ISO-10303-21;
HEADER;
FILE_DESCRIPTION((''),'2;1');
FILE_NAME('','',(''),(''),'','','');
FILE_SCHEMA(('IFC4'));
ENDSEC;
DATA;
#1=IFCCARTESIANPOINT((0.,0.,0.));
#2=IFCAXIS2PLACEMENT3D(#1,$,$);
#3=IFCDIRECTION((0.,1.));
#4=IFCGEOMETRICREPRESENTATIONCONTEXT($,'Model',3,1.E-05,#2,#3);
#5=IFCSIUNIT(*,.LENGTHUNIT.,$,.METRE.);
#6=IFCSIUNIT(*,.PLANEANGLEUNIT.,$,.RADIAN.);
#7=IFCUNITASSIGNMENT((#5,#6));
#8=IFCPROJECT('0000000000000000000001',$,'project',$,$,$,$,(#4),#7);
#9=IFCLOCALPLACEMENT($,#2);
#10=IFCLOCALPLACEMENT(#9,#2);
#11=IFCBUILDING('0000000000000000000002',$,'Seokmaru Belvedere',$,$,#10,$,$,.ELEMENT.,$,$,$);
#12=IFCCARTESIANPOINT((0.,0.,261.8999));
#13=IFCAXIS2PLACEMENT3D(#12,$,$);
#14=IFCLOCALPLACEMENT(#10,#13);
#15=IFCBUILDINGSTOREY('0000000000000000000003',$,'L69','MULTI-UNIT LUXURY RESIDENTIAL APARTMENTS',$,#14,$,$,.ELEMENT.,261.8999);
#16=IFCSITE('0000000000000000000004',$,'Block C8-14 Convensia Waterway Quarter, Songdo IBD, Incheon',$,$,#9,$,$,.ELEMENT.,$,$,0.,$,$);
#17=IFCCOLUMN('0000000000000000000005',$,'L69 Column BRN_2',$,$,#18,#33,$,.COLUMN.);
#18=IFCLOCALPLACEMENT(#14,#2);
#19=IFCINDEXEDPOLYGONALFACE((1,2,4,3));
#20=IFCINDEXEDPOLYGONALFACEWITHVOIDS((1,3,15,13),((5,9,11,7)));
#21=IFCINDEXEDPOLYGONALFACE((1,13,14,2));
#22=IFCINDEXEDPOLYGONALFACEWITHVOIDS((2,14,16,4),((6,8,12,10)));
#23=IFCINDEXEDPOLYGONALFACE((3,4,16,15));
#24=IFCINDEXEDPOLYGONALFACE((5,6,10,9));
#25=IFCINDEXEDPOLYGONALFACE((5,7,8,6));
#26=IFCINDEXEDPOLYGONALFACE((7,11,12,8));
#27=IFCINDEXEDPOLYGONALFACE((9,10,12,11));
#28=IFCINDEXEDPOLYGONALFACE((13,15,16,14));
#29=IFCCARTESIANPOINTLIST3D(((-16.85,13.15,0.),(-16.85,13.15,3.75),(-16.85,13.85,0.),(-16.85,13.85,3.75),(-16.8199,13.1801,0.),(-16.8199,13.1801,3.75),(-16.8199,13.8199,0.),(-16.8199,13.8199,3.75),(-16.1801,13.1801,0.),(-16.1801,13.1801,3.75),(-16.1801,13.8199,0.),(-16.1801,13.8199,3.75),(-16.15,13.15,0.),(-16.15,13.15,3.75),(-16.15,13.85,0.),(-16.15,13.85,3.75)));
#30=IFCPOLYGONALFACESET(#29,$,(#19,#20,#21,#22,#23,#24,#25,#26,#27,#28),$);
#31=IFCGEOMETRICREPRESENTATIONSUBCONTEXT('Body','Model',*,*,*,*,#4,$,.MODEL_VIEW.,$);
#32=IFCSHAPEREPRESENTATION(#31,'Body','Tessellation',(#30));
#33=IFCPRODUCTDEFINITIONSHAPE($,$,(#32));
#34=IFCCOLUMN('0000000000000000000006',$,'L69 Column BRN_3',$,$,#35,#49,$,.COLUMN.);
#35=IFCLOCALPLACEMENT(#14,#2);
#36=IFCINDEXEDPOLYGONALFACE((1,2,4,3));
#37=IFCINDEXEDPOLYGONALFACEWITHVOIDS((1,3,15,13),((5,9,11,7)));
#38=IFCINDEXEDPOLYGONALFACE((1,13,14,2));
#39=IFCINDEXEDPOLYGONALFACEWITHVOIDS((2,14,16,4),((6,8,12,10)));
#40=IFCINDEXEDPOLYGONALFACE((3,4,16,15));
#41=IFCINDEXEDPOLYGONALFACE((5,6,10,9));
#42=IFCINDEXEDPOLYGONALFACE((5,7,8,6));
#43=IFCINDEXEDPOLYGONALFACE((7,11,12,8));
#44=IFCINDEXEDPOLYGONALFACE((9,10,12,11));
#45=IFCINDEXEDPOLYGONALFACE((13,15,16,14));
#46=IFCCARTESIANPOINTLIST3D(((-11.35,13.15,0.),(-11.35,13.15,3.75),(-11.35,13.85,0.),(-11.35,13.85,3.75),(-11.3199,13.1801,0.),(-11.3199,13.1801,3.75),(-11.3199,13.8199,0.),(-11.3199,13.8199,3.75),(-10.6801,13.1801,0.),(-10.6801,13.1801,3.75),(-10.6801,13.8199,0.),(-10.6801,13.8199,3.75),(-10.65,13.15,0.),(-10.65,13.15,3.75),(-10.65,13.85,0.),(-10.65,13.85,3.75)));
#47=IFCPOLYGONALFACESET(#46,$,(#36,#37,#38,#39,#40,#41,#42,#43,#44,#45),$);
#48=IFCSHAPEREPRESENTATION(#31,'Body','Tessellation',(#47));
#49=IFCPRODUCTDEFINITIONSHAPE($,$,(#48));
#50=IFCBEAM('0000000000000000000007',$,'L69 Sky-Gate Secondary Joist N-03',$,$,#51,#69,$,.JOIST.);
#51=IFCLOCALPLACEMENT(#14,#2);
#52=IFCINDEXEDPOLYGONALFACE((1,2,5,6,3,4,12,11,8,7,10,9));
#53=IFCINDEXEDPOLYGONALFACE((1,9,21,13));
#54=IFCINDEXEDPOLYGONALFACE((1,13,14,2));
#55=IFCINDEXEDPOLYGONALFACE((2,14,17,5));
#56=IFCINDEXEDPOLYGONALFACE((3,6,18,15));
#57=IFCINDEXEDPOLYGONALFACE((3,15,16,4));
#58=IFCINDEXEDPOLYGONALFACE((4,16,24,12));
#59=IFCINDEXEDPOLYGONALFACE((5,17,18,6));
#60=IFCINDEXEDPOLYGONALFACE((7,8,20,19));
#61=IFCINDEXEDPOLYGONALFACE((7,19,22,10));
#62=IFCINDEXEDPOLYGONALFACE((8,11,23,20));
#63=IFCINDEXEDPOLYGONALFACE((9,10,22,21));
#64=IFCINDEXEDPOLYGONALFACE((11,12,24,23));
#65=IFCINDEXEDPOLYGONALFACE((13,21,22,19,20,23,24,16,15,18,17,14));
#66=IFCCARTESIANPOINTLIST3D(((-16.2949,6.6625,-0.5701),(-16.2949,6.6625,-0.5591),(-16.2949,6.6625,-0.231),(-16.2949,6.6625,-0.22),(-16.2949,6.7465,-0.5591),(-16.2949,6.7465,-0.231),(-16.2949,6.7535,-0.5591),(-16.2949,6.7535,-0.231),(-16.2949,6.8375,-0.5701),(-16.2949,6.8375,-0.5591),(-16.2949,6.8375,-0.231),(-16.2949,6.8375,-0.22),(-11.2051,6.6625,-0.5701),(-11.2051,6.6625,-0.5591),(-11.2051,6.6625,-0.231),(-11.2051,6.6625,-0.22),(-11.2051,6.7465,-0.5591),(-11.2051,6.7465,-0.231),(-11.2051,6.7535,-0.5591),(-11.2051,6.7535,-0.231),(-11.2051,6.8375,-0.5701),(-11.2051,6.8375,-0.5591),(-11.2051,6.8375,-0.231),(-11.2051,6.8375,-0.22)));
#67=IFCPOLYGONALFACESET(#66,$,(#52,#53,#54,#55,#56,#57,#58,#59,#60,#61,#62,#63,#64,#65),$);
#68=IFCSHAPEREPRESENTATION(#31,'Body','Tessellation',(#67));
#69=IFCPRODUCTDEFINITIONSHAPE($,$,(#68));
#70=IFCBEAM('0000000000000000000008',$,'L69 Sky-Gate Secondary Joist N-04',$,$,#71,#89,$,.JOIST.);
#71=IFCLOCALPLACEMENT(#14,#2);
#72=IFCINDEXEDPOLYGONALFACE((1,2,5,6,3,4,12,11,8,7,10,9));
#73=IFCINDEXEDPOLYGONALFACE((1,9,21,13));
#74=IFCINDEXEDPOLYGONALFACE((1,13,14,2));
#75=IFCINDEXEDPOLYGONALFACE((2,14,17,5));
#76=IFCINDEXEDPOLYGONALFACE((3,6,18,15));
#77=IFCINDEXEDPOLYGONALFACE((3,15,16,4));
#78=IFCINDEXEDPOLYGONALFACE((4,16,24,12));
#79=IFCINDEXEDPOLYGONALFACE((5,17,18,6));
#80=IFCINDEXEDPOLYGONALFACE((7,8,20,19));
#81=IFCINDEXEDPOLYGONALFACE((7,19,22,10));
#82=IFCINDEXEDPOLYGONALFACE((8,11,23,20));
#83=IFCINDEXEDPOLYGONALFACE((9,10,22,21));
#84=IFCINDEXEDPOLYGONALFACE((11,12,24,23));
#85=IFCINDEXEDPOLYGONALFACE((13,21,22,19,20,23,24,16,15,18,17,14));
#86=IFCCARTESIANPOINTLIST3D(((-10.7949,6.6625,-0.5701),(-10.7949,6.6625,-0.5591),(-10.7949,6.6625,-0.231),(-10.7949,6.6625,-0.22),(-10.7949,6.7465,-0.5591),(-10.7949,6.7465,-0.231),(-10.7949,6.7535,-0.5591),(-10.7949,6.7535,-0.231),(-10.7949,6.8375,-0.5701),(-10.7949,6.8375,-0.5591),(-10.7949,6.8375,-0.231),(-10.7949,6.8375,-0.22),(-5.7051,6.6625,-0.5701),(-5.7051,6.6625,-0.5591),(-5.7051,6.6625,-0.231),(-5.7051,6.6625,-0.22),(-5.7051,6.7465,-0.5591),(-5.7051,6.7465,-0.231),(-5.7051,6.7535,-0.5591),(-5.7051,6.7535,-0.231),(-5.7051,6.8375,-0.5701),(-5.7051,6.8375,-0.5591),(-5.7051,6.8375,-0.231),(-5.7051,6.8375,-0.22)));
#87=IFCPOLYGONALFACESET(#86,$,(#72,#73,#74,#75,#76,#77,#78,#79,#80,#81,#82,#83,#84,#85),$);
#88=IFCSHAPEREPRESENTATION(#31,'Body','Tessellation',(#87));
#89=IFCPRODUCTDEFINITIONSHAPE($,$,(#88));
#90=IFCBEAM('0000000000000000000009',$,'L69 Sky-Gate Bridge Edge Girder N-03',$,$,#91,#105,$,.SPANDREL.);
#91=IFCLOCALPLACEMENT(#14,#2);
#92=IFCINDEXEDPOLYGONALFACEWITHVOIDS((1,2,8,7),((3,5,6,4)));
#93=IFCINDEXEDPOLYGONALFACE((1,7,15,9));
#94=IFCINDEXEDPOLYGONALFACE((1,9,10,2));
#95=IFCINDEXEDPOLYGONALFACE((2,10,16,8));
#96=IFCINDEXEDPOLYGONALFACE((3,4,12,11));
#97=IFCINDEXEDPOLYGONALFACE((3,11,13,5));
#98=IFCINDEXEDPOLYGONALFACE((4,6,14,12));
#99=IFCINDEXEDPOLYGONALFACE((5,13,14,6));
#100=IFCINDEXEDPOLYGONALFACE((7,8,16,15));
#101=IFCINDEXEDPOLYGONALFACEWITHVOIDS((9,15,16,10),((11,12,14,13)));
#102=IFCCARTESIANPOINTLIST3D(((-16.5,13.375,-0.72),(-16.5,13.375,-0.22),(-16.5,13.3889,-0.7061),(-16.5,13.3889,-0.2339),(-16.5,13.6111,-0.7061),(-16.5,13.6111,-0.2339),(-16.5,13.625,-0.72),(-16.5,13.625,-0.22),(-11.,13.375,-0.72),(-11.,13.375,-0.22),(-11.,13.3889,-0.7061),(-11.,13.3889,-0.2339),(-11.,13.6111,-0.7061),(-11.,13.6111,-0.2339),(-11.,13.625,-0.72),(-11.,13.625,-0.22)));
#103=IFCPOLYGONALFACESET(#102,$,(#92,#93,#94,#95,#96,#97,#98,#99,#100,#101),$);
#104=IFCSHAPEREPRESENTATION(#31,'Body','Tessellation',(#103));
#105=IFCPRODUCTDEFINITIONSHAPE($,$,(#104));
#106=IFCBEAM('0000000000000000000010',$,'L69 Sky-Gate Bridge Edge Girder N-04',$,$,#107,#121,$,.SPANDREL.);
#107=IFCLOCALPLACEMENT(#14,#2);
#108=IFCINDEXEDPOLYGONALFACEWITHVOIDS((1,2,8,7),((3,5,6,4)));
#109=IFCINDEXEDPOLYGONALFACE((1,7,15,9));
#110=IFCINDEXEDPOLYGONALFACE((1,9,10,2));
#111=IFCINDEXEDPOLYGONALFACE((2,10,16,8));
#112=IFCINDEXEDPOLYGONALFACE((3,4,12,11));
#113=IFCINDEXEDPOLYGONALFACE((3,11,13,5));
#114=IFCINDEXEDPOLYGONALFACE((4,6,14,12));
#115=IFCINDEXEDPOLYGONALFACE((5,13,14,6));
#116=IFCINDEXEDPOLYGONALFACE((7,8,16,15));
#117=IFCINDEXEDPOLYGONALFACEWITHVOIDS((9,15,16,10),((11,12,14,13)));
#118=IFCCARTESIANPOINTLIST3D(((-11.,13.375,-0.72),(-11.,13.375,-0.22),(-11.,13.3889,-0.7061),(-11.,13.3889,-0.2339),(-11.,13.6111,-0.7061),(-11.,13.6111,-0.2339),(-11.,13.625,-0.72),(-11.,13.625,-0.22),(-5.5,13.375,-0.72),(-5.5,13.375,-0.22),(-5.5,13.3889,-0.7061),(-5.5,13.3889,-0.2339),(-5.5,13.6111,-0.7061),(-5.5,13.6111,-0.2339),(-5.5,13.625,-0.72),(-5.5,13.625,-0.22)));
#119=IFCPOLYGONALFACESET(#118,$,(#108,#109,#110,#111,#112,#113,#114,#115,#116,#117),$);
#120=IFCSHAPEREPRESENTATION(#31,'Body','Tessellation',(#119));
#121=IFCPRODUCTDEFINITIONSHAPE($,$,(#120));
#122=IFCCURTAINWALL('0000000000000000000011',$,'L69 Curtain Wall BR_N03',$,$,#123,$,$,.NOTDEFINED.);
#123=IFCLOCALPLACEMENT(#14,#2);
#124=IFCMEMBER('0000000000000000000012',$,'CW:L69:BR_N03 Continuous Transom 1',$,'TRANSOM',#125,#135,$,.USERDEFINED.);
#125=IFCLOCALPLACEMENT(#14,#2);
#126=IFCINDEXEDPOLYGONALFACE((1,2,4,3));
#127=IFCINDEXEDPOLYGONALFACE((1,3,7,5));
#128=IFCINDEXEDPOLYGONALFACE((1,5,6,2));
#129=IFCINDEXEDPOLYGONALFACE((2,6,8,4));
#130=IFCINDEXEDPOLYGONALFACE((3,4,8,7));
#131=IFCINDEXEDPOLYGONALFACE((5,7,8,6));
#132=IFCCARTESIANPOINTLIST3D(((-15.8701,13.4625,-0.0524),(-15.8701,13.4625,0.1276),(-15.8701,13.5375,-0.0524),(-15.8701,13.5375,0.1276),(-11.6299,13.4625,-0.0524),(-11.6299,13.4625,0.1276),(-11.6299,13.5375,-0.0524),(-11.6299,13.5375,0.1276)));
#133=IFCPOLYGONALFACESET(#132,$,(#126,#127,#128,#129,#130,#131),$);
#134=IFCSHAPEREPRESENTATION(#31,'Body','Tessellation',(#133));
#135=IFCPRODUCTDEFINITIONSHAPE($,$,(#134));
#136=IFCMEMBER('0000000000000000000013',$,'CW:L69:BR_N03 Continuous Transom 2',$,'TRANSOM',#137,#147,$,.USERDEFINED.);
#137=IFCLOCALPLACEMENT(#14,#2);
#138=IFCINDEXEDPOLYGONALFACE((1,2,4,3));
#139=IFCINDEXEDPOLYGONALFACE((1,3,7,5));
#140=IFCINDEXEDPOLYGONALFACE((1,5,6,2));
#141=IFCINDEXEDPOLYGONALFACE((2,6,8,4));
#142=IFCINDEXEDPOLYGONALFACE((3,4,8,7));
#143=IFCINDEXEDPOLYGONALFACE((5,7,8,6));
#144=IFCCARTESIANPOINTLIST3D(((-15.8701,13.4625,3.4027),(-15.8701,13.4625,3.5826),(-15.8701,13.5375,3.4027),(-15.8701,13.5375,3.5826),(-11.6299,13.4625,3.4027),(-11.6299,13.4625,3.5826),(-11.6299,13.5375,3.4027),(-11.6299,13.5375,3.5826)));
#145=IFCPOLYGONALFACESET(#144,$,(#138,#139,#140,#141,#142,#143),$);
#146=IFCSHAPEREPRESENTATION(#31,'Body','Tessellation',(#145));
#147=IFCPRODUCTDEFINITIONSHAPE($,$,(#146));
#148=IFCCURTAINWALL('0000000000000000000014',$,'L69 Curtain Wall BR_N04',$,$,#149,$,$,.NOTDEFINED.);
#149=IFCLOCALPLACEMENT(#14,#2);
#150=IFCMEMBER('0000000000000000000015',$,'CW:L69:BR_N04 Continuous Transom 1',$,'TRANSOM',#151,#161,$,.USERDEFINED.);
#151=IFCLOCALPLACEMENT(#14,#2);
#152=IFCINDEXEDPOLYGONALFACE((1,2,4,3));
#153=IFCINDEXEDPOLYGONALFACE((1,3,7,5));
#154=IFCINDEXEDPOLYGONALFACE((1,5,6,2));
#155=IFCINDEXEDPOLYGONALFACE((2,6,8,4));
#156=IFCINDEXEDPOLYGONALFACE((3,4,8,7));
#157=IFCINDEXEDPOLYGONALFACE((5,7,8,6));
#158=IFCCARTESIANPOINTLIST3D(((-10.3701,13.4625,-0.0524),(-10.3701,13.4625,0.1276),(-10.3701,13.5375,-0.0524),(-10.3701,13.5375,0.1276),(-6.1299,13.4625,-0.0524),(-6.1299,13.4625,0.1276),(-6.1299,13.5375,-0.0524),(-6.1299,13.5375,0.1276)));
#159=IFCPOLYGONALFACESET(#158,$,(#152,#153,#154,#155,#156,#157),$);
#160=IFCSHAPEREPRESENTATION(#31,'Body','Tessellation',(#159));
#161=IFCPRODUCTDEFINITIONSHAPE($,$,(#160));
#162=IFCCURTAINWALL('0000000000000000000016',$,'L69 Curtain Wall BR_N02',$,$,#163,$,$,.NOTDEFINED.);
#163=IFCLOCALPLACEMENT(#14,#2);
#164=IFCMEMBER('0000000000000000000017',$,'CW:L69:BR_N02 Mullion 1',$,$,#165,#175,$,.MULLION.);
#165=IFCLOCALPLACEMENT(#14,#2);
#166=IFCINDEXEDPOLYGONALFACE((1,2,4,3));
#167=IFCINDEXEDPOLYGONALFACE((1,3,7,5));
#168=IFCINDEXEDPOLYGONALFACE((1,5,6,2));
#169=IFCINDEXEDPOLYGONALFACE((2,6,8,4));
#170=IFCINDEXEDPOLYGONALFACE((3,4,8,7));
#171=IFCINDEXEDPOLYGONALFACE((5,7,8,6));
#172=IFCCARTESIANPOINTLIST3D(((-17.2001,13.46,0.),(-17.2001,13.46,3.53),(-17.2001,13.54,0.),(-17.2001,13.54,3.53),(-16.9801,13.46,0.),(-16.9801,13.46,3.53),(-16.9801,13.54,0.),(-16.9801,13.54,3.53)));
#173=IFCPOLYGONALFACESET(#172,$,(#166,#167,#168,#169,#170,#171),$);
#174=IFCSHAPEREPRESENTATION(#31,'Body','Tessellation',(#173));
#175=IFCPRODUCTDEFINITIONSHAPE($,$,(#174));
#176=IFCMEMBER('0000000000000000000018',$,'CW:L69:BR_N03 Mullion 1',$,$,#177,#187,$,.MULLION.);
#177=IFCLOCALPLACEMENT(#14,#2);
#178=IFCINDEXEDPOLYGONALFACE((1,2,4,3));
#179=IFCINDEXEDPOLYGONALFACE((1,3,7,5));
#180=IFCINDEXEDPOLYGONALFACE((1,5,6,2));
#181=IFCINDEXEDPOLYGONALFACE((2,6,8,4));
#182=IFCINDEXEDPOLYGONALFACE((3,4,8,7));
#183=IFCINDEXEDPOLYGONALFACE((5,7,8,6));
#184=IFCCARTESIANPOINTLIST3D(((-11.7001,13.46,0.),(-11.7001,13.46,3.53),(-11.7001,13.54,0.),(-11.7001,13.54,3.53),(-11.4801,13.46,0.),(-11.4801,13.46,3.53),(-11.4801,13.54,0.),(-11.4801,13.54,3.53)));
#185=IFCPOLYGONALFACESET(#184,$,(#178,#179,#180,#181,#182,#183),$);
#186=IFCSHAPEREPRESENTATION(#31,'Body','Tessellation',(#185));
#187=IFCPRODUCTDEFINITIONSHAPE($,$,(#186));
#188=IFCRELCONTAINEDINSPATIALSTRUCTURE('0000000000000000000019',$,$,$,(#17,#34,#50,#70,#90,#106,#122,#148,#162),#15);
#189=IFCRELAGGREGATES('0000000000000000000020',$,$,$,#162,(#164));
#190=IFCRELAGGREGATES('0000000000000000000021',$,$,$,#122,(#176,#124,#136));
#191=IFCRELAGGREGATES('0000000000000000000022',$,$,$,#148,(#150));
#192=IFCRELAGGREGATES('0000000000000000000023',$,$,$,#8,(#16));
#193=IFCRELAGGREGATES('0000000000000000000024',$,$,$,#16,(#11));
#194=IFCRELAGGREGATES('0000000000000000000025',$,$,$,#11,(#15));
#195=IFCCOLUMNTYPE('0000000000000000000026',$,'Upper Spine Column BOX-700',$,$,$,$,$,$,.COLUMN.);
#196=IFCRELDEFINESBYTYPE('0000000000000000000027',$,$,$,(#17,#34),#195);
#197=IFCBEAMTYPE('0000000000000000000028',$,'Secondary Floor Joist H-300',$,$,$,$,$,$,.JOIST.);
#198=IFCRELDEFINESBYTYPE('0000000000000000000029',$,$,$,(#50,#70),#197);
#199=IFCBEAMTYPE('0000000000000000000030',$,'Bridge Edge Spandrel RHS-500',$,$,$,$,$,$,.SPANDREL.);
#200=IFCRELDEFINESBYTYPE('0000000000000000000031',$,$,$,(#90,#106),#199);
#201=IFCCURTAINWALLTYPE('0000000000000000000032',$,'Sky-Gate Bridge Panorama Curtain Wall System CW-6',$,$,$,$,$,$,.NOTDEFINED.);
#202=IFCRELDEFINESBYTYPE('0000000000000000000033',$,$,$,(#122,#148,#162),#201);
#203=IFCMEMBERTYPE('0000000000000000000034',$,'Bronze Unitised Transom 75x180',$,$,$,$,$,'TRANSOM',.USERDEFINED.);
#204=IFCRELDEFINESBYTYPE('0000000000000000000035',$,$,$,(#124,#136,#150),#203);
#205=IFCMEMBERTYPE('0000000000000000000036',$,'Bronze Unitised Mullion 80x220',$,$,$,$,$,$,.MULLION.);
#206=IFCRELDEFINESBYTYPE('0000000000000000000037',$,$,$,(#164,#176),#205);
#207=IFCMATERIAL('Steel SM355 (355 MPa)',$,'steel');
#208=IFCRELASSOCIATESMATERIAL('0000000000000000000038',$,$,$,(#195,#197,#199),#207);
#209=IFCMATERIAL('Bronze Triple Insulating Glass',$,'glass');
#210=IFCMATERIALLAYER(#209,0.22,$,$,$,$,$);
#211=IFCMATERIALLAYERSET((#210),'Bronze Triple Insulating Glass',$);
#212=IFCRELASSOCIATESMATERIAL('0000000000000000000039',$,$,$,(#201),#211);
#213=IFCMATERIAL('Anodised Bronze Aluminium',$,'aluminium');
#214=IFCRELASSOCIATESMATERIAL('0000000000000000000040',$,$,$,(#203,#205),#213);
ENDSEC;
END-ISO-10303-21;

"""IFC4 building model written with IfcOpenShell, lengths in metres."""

from ifc_helpers import new_model, si_unit, direction, frame, origin, origin_2d, place, context, subcontext, project, spatial, rectangle, hollow_rectangle, i_section, extrude, source, transform, mapped, material, layer, layer_set, material_profile, profile_set, type_object, type_shapes, element, aggregate, save


model = new_model("IFC4")

# Units and contexts
model_context = context("Model", 3, precision=1e-05, world=origin(), true_north=direction((0.0, 1.0)))
body_context = subcontext(model_context, "Body", "Model", "MODEL_VIEW")
ifc_project = project(units=[si_unit("LENGTHUNIT", "METRE"), si_unit("PLANEANGLEUNIT", "RADIAN")], contexts=[model_context])

# Site, building, storey
site_placement = place(None, origin())
site = spatial("IfcSite", under=ifc_project, at=site_placement, Name="Block C8-14 Convensia Waterway Quarter, Songdo IBD, Incheon", CompositionType="ELEMENT", RefElevation=0.0)
building_placement = place(site_placement, origin())
building = spatial("IfcBuilding", under=site, at=building_placement, Name="Seokmaru Belvedere", CompositionType="ELEMENT")
storey_placement = place(building_placement, frame((0.0, 0.0, 261.8999)))
storey = spatial("IfcBuildingStorey", under=building, at=storey_placement, Name="L69", Description="MULTI-UNIT LUXURY RESIDENTIAL APARTMENTS", CompositionType="ELEMENT", Elevation=261.8999)

# Columns
ifc_material_1 = material(Name="Steel SM355 (355 MPa)", Category="steel")
ifc_material_profile_1 = material_profile(ifc_material_1, hollow_rectangle(XDim=0.7, YDim=0.7, WallThickness=0.03, at=origin_2d()), Name="BOX-700x700x30")
ifc_profile_set_1 = profile_set([ifc_material_profile_1], Name="Steel SM355 (355 MPa)")
column_type = type_object("IfcColumnType", Name="Upper Spine Column BOX-700", PredefinedType="COLUMN", material=ifc_profile_set_1)
shared_shape_1 = source(origin(), body_context, "Body", "SweptSolid", [
    extrude(hollow_rectangle(XDim=0.7, YDim=0.7, WallThickness=0.03, at=origin_2d()), origin(), (0.0, 0.0, 1.0), 3.75),
])
type_shapes(column_type, [shared_shape_1])
for number, where, z_axis, x_axis, name in (
    (1, (-16.5, 13.5, 0.0), (0.0, 0.0, 1.0), (1.0, 0.0, 0.0), "L69 Column BRN_2"),
    (2, (-11.0, 13.5, 0.0), (0.0, 0.0, 1.0), (1.0, 0.0, 0.0), "L69 Column BRN_3"),
):
    element("IfcColumn", number, at=place(storey_placement, frame(where, z_axis=z_axis, x_axis=x_axis)), inside=storey, type_object=column_type, Name=name, PredefinedType="COLUMN", context=body_context, shape_type="MappedRepresentation", body=[
        mapped(shared_shape_1, transform((0.0, 0.0, 0.0), scale=1.0)),
    ])

# Beams
ifc_material_profile_2 = material_profile(ifc_material_1, i_section(OverallWidth=0.175, OverallDepth=0.3501, WebThickness=0.0071, FlangeThickness=0.011, at=origin_2d()), Name="H-350x175x7x11")
ifc_profile_set_2 = profile_set([ifc_material_profile_2], Name="Steel SM355 (355 MPa)")
beam_type_1 = type_object("IfcBeamType", Name="Secondary Floor Joist H-300", PredefinedType="JOIST", material=ifc_profile_set_2)
shared_shape_2 = source(origin(), body_context, "Body", "SweptSolid", [
    extrude(i_section(OverallWidth=0.175, OverallDepth=0.3501, WebThickness=0.0071, FlangeThickness=0.011, at=origin_2d()), origin(), (0.0, 0.0, 1.0), 5.0898),
])
type_shapes(beam_type_1, [shared_shape_2])
for number, where, z_axis, x_axis, name in (
    (3, (-16.2949, 6.75, -0.395), (1.0, 0.0, 0.0), (0.0, 1.0, 0.0), "L69 Sky-Gate Secondary Joist N-03"),
    (4, (-10.7949, 6.75, -0.395), (1.0, 0.0, 0.0), (0.0, 1.0, 0.0), "L69 Sky-Gate Secondary Joist N-04"),
):
    element("IfcBeam", number, at=place(storey_placement, frame(where, z_axis=z_axis, x_axis=x_axis)), inside=storey, type_object=beam_type_1, Name=name, PredefinedType="JOIST", context=body_context, shape_type="MappedRepresentation", body=[
        mapped(shared_shape_2, transform((0.0, 0.0, 0.0), scale=1.0)),
    ])
ifc_material_profile_3 = material_profile(ifc_material_1, hollow_rectangle(XDim=0.25, YDim=0.5, WallThickness=0.0139, at=origin_2d()), Name="RHS-500x250x14")
ifc_profile_set_3 = profile_set([ifc_material_profile_3], Name="Steel SM355 (355 MPa)")
beam_type_2 = type_object("IfcBeamType", Name="Bridge Edge Spandrel RHS-500", PredefinedType="SPANDREL", material=ifc_profile_set_3)
shared_shape_3 = source(origin(), body_context, "Body", "SweptSolid", [
    extrude(hollow_rectangle(XDim=0.25, YDim=0.5, WallThickness=0.0139, at=origin_2d()), origin(), (0.0, 0.0, 1.0), 5.5),
])
type_shapes(beam_type_2, [shared_shape_3])
for number, where, z_axis, x_axis, name in (
    (5, (-16.5, 13.5, -0.47), (1.0, 0.0, 0.0), (0.0, 1.0, 0.0), "L69 Sky-Gate Bridge Edge Girder N-03"),
    (6, (-11.0, 13.5, -0.47), (1.0, 0.0, 0.0), (0.0, 1.0, 0.0), "L69 Sky-Gate Bridge Edge Girder N-04"),
):
    element("IfcBeam", number, at=place(storey_placement, frame(where, z_axis=z_axis, x_axis=x_axis)), inside=storey, type_object=beam_type_2, Name=name, PredefinedType="SPANDREL", context=body_context, shape_type="MappedRepresentation", body=[
        mapped(shared_shape_3, transform((0.0, 0.0, 0.0), scale=1.0)),
    ])

# Curtain wall, members
ifc_material_2 = material(Name="Bronze Triple Insulating Glass", Category="glass")
ifc_layer_1 = layer(ifc_material_2, 0.22)
ifc_layer_set_1 = layer_set([ifc_layer_1], Name="Bronze Triple Insulating Glass")
curtain_wall_type = type_object("IfcCurtainWallType", Name="Sky-Gate Bridge Panorama Curtain Wall System CW-6", PredefinedType="NOTDEFINED", material=ifc_layer_set_1)
curtain_wall_1_placement = place(storey_placement, origin())
curtain_wall_1 = element("IfcCurtainWall", 7, at=curtain_wall_1_placement, inside=storey, type_object=curtain_wall_type, Name="L69 Curtain Wall BR_N03", PredefinedType="NOTDEFINED")
ifc_material_3 = material(Name="Anodised Bronze Aluminium", Category="aluminium")
ifc_material_profile_4 = material_profile(ifc_material_3, rectangle(XDim=0.075, YDim=0.1799, at=origin_2d()), Name="CW-T-75x180")
ifc_profile_set_4 = profile_set([ifc_material_profile_4], Name="Anodised Bronze Aluminium")
member_type_1 = type_object("IfcMemberType", Name="Bronze Unitised Transom 75x180", ElementType="TRANSOM", PredefinedType="USERDEFINED", material=ifc_profile_set_4)
shared_shape_4 = source(origin(), body_context, "Body", "SweptSolid", [
    extrude(rectangle(XDim=0.075, YDim=0.1799, at=origin_2d()), origin(), (0.0, 0.0, 1.0), 4.2402),
])
type_shapes(member_type_1, [shared_shape_4])
member_1_placement = place(storey_placement, frame((-11.6299, 13.5, 0.0376), z_axis=(-1.0, 0.0, 0.0), x_axis=(0.0, -1.0, 0.0)))
member_1 = element("IfcMember", 8, at=member_1_placement, type_object=member_type_1, Name="CW:L69:BR_N03 Continuous Transom 1", ObjectType="TRANSOM", PredefinedType="USERDEFINED", context=body_context, shape_type="MappedRepresentation", body=[
    mapped(shared_shape_4, transform((0.0, 0.0, 0.0), scale=1.0)),
])
member_2_placement = place(storey_placement, frame((-11.6299, 13.5, 3.4927), z_axis=(-1.0, 0.0, 0.0), x_axis=(0.0, -1.0, 0.0)))
member_2 = element("IfcMember", 9, at=member_2_placement, type_object=member_type_1, Name="CW:L69:BR_N03 Continuous Transom 2", ObjectType="TRANSOM", PredefinedType="USERDEFINED", context=body_context, shape_type="MappedRepresentation", body=[
    mapped(shared_shape_4, transform((0.0, 0.0, 0.0), scale=1.0)),
])

# Curtain walls, members
curtain_wall_2_placement = place(storey_placement, origin())
curtain_wall_2 = element("IfcCurtainWall", 10, at=curtain_wall_2_placement, inside=storey, type_object=curtain_wall_type, Name="L69 Curtain Wall BR_N04", PredefinedType="NOTDEFINED")
member_3_placement = place(storey_placement, frame((-6.1299, 13.5, 0.0376), z_axis=(-1.0, 0.0, 0.0), x_axis=(0.0, -1.0, 0.0)))
member_3 = element("IfcMember", 11, at=member_3_placement, type_object=member_type_1, Name="CW:L69:BR_N04 Continuous Transom 1", ObjectType="TRANSOM", PredefinedType="USERDEFINED", context=body_context, shape_type="MappedRepresentation", body=[
    mapped(shared_shape_4, transform((0.0, 0.0, 0.0), scale=1.0)),
])
curtain_wall_3_placement = place(storey_placement, origin())
curtain_wall_3 = element("IfcCurtainWall", 12, at=curtain_wall_3_placement, inside=storey, type_object=curtain_wall_type, Name="L69 Curtain Wall BR_N02", PredefinedType="NOTDEFINED")
ifc_material_profile_5 = material_profile(ifc_material_3, rectangle(XDim=0.0801, YDim=0.22, at=origin_2d()), Name="CW-M-80x220")
ifc_profile_set_5 = profile_set([ifc_material_profile_5], Name="Anodised Bronze Aluminium")
member_type_2 = type_object("IfcMemberType", Name="Bronze Unitised Mullion 80x220", PredefinedType="MULLION", material=ifc_profile_set_5)
shared_shape_5 = source(origin(), body_context, "Body", "SweptSolid", [
    extrude(rectangle(XDim=0.0801, YDim=0.22, at=origin_2d()), origin(), (0.0, 0.0, 1.0), 3.53),
])
type_shapes(member_type_2, [shared_shape_5])
member_4_placement = place(storey_placement, frame((-17.0901, 13.5, 0.0), z_axis=(0.0, 0.0, 1.0), x_axis=(0.0, -1.0, 0.0)))
member_4 = element("IfcMember", 13, at=member_4_placement, type_object=member_type_2, Name="CW:L69:BR_N02 Mullion 1", PredefinedType="MULLION", context=body_context, shape_type="MappedRepresentation", body=[
    mapped(shared_shape_5, transform((0.0, 0.0, 0.0), scale=1.0)),
])
aggregate(curtain_wall_3, [member_4])

# Member
member_5_placement = place(storey_placement, frame((-11.5901, 13.5, 0.0), z_axis=(0.0, 0.0, 1.0), x_axis=(0.0, -1.0, 0.0)))
member_5 = element("IfcMember", 14, at=member_5_placement, type_object=member_type_2, Name="CW:L69:BR_N03 Mullion 1", PredefinedType="MULLION", context=body_context, shape_type="MappedRepresentation", body=[
    mapped(shared_shape_5, transform((0.0, 0.0, 0.0), scale=1.0)),
])

aggregate(curtain_wall_1, [member_5, member_1, member_2])
aggregate(curtain_wall_2, [member_3])

save(model, "model.ifc")
